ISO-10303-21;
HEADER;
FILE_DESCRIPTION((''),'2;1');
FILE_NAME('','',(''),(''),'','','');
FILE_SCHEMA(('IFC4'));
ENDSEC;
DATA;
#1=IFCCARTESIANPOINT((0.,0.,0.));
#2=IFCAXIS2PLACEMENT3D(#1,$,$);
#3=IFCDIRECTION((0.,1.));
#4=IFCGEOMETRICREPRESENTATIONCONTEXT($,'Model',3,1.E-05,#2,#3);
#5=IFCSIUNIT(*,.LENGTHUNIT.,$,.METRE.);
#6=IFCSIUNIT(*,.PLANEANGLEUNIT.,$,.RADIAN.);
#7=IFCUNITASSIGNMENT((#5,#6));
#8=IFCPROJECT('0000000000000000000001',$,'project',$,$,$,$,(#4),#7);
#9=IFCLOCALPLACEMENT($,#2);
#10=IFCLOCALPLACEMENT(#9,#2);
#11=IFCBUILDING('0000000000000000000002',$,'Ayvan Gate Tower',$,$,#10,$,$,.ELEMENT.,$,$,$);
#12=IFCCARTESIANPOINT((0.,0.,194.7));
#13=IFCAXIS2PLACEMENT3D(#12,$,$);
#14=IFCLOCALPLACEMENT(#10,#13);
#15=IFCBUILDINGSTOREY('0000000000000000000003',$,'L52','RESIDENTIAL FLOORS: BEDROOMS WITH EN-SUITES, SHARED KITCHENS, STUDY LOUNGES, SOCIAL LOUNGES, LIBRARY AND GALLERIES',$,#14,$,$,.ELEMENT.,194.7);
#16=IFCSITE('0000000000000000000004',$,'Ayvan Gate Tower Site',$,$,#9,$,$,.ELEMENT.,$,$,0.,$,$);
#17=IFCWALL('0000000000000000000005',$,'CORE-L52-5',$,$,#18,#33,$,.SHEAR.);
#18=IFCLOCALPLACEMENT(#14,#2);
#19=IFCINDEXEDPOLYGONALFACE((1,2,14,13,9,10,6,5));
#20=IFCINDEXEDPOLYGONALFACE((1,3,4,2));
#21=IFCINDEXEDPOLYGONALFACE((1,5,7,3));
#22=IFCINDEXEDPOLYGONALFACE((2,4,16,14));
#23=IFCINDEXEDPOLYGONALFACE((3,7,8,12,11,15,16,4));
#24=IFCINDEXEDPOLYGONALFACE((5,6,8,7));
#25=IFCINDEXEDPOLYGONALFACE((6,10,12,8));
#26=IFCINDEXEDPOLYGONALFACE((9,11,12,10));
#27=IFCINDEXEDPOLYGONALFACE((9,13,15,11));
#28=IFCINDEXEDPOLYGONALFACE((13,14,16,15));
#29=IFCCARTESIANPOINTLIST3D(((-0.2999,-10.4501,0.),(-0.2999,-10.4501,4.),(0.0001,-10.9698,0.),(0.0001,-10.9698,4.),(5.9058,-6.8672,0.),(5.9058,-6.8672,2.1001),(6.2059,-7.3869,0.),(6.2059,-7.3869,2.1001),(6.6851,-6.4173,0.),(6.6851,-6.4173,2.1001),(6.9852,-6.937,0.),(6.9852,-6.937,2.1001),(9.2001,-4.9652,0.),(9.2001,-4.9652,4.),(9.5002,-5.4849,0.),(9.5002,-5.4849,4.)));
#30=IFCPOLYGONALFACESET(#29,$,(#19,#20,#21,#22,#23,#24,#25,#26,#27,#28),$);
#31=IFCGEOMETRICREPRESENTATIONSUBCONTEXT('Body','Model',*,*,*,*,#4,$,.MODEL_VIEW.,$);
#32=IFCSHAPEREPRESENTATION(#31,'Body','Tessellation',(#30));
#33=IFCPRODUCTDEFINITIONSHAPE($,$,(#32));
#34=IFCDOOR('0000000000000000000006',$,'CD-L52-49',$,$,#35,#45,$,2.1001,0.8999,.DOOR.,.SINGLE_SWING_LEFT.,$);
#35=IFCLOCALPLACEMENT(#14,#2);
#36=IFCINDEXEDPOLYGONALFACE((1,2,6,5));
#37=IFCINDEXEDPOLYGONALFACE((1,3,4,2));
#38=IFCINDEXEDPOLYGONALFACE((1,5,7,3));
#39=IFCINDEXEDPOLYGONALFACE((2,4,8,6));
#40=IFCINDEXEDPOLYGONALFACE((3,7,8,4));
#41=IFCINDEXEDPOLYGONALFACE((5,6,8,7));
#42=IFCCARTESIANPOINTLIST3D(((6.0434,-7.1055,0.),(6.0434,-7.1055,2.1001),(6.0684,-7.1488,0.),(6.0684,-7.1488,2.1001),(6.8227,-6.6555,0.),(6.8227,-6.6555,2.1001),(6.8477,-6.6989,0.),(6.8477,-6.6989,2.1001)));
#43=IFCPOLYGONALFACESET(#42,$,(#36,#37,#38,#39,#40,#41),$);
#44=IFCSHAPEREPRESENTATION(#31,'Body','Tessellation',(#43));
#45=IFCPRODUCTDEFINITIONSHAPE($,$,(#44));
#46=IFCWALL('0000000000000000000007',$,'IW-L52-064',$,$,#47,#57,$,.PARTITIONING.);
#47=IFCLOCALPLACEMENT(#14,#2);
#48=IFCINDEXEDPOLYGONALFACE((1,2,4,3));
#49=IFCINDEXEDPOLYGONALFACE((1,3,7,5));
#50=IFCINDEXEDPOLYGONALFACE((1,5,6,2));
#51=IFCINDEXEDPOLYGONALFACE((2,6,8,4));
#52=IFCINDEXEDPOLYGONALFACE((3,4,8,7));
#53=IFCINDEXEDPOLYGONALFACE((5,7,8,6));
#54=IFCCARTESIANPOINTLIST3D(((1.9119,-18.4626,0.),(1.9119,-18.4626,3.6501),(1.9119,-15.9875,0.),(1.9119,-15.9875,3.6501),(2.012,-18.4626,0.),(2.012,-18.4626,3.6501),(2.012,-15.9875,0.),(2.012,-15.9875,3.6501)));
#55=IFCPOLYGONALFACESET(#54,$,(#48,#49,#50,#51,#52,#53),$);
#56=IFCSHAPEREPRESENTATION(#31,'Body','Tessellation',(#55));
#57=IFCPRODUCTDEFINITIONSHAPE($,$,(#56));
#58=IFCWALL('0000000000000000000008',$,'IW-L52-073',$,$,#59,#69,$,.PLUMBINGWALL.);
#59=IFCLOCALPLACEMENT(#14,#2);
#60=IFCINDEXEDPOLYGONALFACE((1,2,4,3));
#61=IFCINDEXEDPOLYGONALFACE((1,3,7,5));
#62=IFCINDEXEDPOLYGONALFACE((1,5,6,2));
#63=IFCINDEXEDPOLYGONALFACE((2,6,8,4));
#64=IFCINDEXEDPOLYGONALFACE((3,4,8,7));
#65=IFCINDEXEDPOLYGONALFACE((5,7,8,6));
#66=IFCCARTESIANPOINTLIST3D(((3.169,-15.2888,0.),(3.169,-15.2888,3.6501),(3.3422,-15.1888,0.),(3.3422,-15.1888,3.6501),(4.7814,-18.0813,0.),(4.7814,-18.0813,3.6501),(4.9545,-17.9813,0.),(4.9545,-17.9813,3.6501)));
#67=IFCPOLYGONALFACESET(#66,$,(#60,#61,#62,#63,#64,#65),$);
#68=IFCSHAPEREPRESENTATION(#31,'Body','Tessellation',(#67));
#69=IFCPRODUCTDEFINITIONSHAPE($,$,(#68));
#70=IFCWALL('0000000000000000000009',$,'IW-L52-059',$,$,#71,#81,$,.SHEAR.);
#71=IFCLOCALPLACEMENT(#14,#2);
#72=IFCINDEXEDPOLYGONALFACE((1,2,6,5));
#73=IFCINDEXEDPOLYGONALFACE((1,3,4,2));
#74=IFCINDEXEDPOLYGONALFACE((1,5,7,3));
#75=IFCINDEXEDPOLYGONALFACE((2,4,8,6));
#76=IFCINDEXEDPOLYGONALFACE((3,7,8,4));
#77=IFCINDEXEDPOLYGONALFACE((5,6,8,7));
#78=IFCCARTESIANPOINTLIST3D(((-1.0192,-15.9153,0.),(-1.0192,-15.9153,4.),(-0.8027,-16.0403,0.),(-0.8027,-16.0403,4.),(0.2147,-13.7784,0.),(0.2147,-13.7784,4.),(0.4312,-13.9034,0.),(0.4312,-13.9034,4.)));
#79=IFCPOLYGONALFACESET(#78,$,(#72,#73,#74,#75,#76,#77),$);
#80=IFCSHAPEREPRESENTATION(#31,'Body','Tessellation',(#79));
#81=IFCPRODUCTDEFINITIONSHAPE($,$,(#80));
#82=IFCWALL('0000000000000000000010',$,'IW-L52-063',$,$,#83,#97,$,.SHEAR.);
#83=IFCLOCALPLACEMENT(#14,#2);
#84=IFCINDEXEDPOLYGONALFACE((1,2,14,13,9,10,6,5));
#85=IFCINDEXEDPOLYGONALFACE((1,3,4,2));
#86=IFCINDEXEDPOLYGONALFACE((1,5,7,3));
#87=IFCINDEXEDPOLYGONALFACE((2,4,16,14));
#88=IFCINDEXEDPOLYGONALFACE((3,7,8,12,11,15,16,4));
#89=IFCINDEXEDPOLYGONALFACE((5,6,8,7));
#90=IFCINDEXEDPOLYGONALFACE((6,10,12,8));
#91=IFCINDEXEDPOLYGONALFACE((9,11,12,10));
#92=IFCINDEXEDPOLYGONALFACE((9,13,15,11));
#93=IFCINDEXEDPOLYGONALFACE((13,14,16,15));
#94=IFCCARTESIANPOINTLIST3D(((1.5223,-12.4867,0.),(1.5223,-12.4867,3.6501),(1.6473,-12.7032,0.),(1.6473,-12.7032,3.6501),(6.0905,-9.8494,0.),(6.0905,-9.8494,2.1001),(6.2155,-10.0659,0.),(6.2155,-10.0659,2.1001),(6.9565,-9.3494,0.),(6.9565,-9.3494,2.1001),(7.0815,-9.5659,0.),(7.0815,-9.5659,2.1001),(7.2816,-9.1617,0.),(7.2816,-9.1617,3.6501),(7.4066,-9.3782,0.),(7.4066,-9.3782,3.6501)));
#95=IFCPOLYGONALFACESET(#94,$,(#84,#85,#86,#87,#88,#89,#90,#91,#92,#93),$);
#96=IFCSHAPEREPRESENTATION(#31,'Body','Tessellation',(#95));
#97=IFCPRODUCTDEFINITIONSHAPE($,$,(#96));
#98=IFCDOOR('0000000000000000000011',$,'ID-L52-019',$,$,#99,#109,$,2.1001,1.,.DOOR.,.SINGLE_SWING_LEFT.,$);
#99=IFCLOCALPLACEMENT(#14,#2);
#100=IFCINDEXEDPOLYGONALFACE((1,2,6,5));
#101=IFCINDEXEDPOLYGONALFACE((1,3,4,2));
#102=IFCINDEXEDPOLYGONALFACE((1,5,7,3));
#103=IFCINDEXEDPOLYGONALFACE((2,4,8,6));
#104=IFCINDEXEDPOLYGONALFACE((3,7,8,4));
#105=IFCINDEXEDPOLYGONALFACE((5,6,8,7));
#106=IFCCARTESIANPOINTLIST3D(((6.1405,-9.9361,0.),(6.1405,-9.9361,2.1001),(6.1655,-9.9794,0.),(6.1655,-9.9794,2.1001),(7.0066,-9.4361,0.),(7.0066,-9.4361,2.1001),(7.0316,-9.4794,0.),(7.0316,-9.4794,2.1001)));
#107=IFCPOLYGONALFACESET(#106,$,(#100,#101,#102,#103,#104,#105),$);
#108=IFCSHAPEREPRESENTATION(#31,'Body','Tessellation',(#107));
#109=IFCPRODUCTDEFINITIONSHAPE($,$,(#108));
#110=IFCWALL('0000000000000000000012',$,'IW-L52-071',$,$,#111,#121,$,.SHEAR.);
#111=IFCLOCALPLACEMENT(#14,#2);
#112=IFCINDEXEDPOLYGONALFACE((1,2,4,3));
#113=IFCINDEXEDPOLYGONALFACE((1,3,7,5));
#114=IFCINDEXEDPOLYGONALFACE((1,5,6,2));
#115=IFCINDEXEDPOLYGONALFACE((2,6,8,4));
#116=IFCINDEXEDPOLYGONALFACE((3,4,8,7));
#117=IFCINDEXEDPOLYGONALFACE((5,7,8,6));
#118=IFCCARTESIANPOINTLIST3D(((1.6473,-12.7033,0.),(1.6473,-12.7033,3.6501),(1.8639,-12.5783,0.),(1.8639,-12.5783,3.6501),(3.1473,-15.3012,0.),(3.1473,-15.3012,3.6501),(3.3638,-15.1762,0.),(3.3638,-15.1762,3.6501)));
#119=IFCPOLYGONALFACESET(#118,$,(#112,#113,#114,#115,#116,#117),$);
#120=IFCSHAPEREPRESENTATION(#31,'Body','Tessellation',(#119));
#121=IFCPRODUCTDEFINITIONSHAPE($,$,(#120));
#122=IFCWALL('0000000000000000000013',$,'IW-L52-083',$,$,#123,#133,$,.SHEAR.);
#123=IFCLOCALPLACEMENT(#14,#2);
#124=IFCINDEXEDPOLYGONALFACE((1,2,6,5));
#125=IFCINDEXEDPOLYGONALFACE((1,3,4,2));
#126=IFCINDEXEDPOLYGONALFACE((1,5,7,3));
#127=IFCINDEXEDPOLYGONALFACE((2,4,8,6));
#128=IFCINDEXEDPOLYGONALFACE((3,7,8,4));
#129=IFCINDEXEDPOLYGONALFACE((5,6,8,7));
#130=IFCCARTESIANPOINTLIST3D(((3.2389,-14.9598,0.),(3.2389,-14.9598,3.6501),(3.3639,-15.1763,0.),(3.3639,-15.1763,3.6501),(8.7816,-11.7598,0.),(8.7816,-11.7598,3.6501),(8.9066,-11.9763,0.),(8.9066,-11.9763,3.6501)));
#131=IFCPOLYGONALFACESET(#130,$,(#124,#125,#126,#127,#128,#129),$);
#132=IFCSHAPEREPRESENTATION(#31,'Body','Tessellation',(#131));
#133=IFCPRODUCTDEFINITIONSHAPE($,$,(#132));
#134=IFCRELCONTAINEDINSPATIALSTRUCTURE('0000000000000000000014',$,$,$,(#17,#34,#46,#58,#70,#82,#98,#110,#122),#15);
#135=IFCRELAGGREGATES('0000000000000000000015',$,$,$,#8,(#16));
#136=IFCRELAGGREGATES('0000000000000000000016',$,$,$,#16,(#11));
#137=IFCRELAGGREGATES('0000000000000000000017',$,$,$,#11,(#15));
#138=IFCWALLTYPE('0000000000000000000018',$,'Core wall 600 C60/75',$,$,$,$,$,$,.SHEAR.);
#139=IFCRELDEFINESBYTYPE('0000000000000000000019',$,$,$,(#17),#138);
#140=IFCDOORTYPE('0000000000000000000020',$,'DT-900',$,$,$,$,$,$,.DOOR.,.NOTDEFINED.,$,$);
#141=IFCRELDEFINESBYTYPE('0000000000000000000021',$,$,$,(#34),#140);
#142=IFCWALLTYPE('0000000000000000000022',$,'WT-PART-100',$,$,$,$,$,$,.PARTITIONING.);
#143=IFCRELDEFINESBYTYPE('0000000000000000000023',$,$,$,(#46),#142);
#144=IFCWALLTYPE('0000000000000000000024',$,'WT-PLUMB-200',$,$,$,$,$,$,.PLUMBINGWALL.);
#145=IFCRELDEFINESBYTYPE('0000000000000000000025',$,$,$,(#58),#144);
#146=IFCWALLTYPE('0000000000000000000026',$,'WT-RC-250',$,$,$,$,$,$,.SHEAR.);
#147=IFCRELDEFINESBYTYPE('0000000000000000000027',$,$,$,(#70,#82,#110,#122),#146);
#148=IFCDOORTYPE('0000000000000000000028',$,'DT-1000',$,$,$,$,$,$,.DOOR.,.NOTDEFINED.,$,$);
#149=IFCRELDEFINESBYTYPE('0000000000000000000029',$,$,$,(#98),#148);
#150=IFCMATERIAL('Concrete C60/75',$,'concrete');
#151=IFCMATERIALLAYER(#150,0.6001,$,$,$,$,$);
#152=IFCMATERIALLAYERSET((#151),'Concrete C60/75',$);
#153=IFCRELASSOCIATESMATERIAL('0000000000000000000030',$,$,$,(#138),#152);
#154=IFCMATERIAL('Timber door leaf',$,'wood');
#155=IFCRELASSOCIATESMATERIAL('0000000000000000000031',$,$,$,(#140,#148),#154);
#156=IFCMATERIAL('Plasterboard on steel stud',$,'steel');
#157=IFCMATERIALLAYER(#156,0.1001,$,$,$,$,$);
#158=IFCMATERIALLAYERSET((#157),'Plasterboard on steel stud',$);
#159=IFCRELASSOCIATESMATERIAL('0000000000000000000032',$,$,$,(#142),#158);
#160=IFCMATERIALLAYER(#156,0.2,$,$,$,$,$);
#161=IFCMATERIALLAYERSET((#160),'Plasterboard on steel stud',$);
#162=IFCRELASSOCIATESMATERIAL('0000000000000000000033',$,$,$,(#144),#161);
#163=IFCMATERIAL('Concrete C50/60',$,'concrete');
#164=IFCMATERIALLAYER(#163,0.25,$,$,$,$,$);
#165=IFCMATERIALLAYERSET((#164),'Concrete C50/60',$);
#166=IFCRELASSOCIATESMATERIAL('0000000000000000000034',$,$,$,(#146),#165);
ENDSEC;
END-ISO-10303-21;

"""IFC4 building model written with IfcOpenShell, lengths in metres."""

from ifc_helpers import new_model, si_unit, direction, frame, frame_2d, origin, place, context, subcontext, project, spatial, rectangle, extrude, material, layer, layer_set, type_object, element, fill, save


model = new_model("IFC4")

# Units and contexts
model_context = context("Model", 3, precision=1e-05, world=origin(), true_north=direction((0.0, 1.0)))
body_context = subcontext(model_context, "Body", "Model", "MODEL_VIEW")
ifc_project = project(units=[si_unit("LENGTHUNIT", "METRE"), si_unit("PLANEANGLEUNIT", "RADIAN")], contexts=[model_context])

# Site, building, storey
site_placement = place(None, origin())
site = spatial("IfcSite", under=ifc_project, at=site_placement, Name="Ayvan Gate Tower Site", CompositionType="ELEMENT", RefElevation=0.0)
building_placement = place(site_placement, origin())
building = spatial("IfcBuilding", under=site, at=building_placement, Name="Ayvan Gate Tower", CompositionType="ELEMENT")
storey_placement = place(building_placement, frame((0.0, 0.0, 194.7)))
storey = spatial("IfcBuildingStorey", under=building, at=storey_placement, Name="L52", Description="RESIDENTIAL FLOORS: BEDROOMS WITH EN-SUITES, SHARED KITCHENS, STUDY LOUNGES, SOCIAL LOUNGES, LIBRARY AND GALLERIES", CompositionType="ELEMENT", Elevation=194.7)

# Wall, opening, door
ifc_material_1 = material(Name="Concrete C60/75", Category="concrete")
ifc_layer_1 = layer(ifc_material_1, 0.6001)
ifc_layer_set_1 = layer_set([ifc_layer_1], Name="Concrete C60/75")
wall_type_1 = type_object("IfcWallType", Name="Core wall 600 C60/75", PredefinedType="SHEAR", material=ifc_layer_set_1)
wall_1_placement = place(storey_placement, frame((-0.1499, -10.71, 0.0), z_axis=(0.0, 0.0, 1.0), x_axis=(0.866024, 0.500002, 0.0)))
wall_1 = element("IfcWall", 1, at=wall_1_placement, inside=storey, type_object=wall_type_1, Name="CORE-L52-5", PredefinedType="SHEAR", context=body_context, shape_type="SweptSolid", body=[
    extrude(rectangle(XDim=10.9697, YDim=0.6001, at=frame_2d((5.4849, 0.0))), origin(), (0.0, 0.0, 1.0), 4.0),
])
opening_1_placement = place(wall_1_placement, frame((7.1658, 0.0, 0.0)))
opening_1 = element("IfcOpeningElement", 2, at=opening_1_placement, cuts=wall_1, PredefinedType="OPENING", context=body_context, shape_type="SweptSolid", body=[
    extrude(rectangle(XDim=0.8999, YDim=2.1001, at=frame_2d((0.45, 1.05))), frame((0.0, 0.3101, 0.0), z_axis=(0.0, -1.0, 0.0), x_axis=(1.0, 0.0, 0.0)), (0.0, 0.0, 1.0), 0.6201),
])
ifc_material_2 = material(Name="Timber door leaf", Category="wood")
door_type_1 = type_object("IfcDoorType", Name="DT-900", OperationType="NOTDEFINED", PredefinedType="DOOR", material=ifc_material_2)
door_1_placement = place(opening_1_placement, origin())
door_1 = element("IfcDoor", 3, at=door_1_placement, inside=storey, type_object=door_type_1, Name="CD-L52-49", OperationType="SINGLE_SWING_LEFT", OverallHeight=2.1001, OverallWidth=0.8999, PredefinedType="DOOR", context=body_context, shape_type="SweptSolid", body=[
    extrude(rectangle(XDim=0.8999, YDim=2.1001, at=frame_2d((0.45, 1.05))), frame((0.0, 0.0249, 0.0), z_axis=(0.0, -1.0, 0.0), x_axis=(1.0, 0.0, 0.0)), (0.0, 0.0, 1.0), 0.05),
])
fill(opening_1, door_1)

# Walls
ifc_material_3 = material(Name="Plasterboard on steel stud", Category="steel")
ifc_layer_2 = layer(ifc_material_3, 0.1001)
ifc_layer_set_2 = layer_set([ifc_layer_2], Name="Plasterboard on steel stud")
wall_type_2 = type_object("IfcWallType", Name="WT-PART-100", PredefinedType="PARTITIONING", material=ifc_layer_set_2)
wall_2_placement = place(storey_placement, frame((1.9619, -18.4626, 0.0), z_axis=(0.0, 0.0, 1.0), x_axis=(0.0, 1.0, 0.0)))
element("IfcWall", 4, at=wall_2_placement, inside=storey, type_object=wall_type_2, Name="IW-L52-064", PredefinedType="PARTITIONING", context=body_context, shape_type="SweptSolid", body=[
    extrude(rectangle(XDim=2.4751, YDim=0.1001, at=frame_2d((1.2375, 0.0))), origin(), (0.0, 0.0, 1.0), 3.6501),
])
ifc_layer_3 = layer(ifc_material_3, 0.2)
ifc_layer_set_3 = layer_set([ifc_layer_3], Name="Plasterboard on steel stud")
wall_type_3 = type_object("IfcWallType", Name="WT-PLUMB-200", PredefinedType="PLUMBINGWALL", material=ifc_layer_set_3)
wall_3_placement = place(storey_placement, frame((3.2556, -15.2388, 0.0), z_axis=(0.0, 0.0, 1.0), x_axis=(0.500015, -0.866017, 0.0)))
element("IfcWall", 5, at=wall_3_placement, inside=storey, type_object=wall_type_3, Name="IW-L52-073", PredefinedType="PLUMBINGWALL", context=body_context, shape_type="SweptSolid", body=[
    extrude(rectangle(XDim=3.2246, YDim=0.2, at=frame_2d((1.6123, 0.0))), origin(), (0.0, 0.0, 1.0), 3.6501),
])
ifc_material_4 = material(Name="Concrete C50/60", Category="concrete")
ifc_layer_4 = layer(ifc_material_4, 0.25)
ifc_layer_set_4 = layer_set([ifc_layer_4], Name="Concrete C50/60")
wall_type_4 = type_object("IfcWallType", Name="WT-RC-250", PredefinedType="SHEAR", material=ifc_layer_set_4)
wall_4_placement = place(storey_placement, frame((0.323, -13.8408, 0.0), z_axis=(0.0, 0.0, 1.0), x_axis=(-0.500034, -0.866006, 0.0)))
element("IfcWall", 6, at=wall_4_placement, inside=storey, type_object=wall_type_4, Name="IW-L52-059", PredefinedType="SHEAR", context=body_context, shape_type="SweptSolid", body=[
    extrude(rectangle(XDim=2.4675, YDim=0.25, at=frame_2d((1.2339, 0.0))), origin(), (0.0, 0.0, 1.0), 4.0),
])

# Wall, opening, door
wall_5_placement = place(storey_placement, frame((1.5847, -12.595, 0.0), z_axis=(0.0, 0.0, 1.0), x_axis=(0.866036, 0.499981, 0.0)))
wall_5 = element("IfcWall", 7, at=wall_5_placement, inside=storey, type_object=wall_type_4, Name="IW-L52-063", PredefinedType="SHEAR", context=body_context, shape_type="SweptSolid", body=[
    extrude(rectangle(XDim=6.6501, YDim=0.25, at=frame_2d((3.3252, 0.0))), origin(), (0.0, 0.0, 1.0), 3.6501),
])
opening_2_placement = place(wall_5_placement, frame((5.2749, 0.0, 0.0)))
opening_2 = element("IfcOpeningElement", 8, at=opening_2_placement, cuts=wall_5, PredefinedType="OPENING", context=body_context, shape_type="SweptSolid", body=[
    extrude(rectangle(XDim=1.0, YDim=2.1001, at=frame_2d((0.5, 1.05))), frame((0.0, 0.135, 0.0), z_axis=(0.0, -1.0, 0.0), x_axis=(1.0, 0.0, 0.0)), (0.0, 0.0, 1.0), 0.27),
])
door_type_2 = type_object("IfcDoorType", Name="DT-1000", OperationType="NOTDEFINED", PredefinedType="DOOR", material=ifc_material_2)
door_2_placement = place(opening_2_placement, origin())
door_2 = element("IfcDoor", 9, at=door_2_placement, inside=storey, type_object=door_type_2, Name="ID-L52-019", OperationType="SINGLE_SWING_LEFT", OverallHeight=2.1001, OverallWidth=1.0, PredefinedType="DOOR", context=body_context, shape_type="SweptSolid", body=[
    extrude(rectangle(XDim=1.0, YDim=2.1001, at=frame_2d((0.5, 1.05))), frame((0.0, 0.0249, 0.0), z_axis=(0.0, -1.0, 0.0), x_axis=(1.0, 0.0, 0.0)), (0.0, 0.0, 1.0), 0.05),
])
fill(opening_2, door_2)

# Walls
wall_6_placement = place(storey_placement, frame((3.2556, -15.2388, 0.0), z_axis=(0.0, 0.0, 1.0), x_axis=(-0.500025, 0.866011, 0.0)))
element("IfcWall", 10, at=wall_6_placement, inside=storey, type_object=wall_type_4, Name="IW-L52-071", PredefinedType="SHEAR", context=body_context, shape_type="SweptSolid", body=[
    extrude(rectangle(XDim=2.9998, YDim=0.25, at=frame_2d((1.5, 0.0))), origin(), (0.0, 0.0, 1.0), 3.6501),
])
wall_7_placement = place(storey_placement, frame((3.3013, -15.0681, 0.0), z_axis=(0.0, 0.0, 1.0), x_axis=(0.866035, 0.499983, 0.0)))
element("IfcWall", 11, at=wall_7_placement, inside=storey, type_object=wall_type_4, Name="IW-L52-083", PredefinedType="SHEAR", context=body_context, shape_type="SweptSolid", body=[
    extrude(rectangle(XDim=6.4001, YDim=0.25, at=frame_2d((3.2002, 0.0))), origin(), (0.0, 0.0, 1.0), 3.6501),
])

save(model, "model.ifc")
